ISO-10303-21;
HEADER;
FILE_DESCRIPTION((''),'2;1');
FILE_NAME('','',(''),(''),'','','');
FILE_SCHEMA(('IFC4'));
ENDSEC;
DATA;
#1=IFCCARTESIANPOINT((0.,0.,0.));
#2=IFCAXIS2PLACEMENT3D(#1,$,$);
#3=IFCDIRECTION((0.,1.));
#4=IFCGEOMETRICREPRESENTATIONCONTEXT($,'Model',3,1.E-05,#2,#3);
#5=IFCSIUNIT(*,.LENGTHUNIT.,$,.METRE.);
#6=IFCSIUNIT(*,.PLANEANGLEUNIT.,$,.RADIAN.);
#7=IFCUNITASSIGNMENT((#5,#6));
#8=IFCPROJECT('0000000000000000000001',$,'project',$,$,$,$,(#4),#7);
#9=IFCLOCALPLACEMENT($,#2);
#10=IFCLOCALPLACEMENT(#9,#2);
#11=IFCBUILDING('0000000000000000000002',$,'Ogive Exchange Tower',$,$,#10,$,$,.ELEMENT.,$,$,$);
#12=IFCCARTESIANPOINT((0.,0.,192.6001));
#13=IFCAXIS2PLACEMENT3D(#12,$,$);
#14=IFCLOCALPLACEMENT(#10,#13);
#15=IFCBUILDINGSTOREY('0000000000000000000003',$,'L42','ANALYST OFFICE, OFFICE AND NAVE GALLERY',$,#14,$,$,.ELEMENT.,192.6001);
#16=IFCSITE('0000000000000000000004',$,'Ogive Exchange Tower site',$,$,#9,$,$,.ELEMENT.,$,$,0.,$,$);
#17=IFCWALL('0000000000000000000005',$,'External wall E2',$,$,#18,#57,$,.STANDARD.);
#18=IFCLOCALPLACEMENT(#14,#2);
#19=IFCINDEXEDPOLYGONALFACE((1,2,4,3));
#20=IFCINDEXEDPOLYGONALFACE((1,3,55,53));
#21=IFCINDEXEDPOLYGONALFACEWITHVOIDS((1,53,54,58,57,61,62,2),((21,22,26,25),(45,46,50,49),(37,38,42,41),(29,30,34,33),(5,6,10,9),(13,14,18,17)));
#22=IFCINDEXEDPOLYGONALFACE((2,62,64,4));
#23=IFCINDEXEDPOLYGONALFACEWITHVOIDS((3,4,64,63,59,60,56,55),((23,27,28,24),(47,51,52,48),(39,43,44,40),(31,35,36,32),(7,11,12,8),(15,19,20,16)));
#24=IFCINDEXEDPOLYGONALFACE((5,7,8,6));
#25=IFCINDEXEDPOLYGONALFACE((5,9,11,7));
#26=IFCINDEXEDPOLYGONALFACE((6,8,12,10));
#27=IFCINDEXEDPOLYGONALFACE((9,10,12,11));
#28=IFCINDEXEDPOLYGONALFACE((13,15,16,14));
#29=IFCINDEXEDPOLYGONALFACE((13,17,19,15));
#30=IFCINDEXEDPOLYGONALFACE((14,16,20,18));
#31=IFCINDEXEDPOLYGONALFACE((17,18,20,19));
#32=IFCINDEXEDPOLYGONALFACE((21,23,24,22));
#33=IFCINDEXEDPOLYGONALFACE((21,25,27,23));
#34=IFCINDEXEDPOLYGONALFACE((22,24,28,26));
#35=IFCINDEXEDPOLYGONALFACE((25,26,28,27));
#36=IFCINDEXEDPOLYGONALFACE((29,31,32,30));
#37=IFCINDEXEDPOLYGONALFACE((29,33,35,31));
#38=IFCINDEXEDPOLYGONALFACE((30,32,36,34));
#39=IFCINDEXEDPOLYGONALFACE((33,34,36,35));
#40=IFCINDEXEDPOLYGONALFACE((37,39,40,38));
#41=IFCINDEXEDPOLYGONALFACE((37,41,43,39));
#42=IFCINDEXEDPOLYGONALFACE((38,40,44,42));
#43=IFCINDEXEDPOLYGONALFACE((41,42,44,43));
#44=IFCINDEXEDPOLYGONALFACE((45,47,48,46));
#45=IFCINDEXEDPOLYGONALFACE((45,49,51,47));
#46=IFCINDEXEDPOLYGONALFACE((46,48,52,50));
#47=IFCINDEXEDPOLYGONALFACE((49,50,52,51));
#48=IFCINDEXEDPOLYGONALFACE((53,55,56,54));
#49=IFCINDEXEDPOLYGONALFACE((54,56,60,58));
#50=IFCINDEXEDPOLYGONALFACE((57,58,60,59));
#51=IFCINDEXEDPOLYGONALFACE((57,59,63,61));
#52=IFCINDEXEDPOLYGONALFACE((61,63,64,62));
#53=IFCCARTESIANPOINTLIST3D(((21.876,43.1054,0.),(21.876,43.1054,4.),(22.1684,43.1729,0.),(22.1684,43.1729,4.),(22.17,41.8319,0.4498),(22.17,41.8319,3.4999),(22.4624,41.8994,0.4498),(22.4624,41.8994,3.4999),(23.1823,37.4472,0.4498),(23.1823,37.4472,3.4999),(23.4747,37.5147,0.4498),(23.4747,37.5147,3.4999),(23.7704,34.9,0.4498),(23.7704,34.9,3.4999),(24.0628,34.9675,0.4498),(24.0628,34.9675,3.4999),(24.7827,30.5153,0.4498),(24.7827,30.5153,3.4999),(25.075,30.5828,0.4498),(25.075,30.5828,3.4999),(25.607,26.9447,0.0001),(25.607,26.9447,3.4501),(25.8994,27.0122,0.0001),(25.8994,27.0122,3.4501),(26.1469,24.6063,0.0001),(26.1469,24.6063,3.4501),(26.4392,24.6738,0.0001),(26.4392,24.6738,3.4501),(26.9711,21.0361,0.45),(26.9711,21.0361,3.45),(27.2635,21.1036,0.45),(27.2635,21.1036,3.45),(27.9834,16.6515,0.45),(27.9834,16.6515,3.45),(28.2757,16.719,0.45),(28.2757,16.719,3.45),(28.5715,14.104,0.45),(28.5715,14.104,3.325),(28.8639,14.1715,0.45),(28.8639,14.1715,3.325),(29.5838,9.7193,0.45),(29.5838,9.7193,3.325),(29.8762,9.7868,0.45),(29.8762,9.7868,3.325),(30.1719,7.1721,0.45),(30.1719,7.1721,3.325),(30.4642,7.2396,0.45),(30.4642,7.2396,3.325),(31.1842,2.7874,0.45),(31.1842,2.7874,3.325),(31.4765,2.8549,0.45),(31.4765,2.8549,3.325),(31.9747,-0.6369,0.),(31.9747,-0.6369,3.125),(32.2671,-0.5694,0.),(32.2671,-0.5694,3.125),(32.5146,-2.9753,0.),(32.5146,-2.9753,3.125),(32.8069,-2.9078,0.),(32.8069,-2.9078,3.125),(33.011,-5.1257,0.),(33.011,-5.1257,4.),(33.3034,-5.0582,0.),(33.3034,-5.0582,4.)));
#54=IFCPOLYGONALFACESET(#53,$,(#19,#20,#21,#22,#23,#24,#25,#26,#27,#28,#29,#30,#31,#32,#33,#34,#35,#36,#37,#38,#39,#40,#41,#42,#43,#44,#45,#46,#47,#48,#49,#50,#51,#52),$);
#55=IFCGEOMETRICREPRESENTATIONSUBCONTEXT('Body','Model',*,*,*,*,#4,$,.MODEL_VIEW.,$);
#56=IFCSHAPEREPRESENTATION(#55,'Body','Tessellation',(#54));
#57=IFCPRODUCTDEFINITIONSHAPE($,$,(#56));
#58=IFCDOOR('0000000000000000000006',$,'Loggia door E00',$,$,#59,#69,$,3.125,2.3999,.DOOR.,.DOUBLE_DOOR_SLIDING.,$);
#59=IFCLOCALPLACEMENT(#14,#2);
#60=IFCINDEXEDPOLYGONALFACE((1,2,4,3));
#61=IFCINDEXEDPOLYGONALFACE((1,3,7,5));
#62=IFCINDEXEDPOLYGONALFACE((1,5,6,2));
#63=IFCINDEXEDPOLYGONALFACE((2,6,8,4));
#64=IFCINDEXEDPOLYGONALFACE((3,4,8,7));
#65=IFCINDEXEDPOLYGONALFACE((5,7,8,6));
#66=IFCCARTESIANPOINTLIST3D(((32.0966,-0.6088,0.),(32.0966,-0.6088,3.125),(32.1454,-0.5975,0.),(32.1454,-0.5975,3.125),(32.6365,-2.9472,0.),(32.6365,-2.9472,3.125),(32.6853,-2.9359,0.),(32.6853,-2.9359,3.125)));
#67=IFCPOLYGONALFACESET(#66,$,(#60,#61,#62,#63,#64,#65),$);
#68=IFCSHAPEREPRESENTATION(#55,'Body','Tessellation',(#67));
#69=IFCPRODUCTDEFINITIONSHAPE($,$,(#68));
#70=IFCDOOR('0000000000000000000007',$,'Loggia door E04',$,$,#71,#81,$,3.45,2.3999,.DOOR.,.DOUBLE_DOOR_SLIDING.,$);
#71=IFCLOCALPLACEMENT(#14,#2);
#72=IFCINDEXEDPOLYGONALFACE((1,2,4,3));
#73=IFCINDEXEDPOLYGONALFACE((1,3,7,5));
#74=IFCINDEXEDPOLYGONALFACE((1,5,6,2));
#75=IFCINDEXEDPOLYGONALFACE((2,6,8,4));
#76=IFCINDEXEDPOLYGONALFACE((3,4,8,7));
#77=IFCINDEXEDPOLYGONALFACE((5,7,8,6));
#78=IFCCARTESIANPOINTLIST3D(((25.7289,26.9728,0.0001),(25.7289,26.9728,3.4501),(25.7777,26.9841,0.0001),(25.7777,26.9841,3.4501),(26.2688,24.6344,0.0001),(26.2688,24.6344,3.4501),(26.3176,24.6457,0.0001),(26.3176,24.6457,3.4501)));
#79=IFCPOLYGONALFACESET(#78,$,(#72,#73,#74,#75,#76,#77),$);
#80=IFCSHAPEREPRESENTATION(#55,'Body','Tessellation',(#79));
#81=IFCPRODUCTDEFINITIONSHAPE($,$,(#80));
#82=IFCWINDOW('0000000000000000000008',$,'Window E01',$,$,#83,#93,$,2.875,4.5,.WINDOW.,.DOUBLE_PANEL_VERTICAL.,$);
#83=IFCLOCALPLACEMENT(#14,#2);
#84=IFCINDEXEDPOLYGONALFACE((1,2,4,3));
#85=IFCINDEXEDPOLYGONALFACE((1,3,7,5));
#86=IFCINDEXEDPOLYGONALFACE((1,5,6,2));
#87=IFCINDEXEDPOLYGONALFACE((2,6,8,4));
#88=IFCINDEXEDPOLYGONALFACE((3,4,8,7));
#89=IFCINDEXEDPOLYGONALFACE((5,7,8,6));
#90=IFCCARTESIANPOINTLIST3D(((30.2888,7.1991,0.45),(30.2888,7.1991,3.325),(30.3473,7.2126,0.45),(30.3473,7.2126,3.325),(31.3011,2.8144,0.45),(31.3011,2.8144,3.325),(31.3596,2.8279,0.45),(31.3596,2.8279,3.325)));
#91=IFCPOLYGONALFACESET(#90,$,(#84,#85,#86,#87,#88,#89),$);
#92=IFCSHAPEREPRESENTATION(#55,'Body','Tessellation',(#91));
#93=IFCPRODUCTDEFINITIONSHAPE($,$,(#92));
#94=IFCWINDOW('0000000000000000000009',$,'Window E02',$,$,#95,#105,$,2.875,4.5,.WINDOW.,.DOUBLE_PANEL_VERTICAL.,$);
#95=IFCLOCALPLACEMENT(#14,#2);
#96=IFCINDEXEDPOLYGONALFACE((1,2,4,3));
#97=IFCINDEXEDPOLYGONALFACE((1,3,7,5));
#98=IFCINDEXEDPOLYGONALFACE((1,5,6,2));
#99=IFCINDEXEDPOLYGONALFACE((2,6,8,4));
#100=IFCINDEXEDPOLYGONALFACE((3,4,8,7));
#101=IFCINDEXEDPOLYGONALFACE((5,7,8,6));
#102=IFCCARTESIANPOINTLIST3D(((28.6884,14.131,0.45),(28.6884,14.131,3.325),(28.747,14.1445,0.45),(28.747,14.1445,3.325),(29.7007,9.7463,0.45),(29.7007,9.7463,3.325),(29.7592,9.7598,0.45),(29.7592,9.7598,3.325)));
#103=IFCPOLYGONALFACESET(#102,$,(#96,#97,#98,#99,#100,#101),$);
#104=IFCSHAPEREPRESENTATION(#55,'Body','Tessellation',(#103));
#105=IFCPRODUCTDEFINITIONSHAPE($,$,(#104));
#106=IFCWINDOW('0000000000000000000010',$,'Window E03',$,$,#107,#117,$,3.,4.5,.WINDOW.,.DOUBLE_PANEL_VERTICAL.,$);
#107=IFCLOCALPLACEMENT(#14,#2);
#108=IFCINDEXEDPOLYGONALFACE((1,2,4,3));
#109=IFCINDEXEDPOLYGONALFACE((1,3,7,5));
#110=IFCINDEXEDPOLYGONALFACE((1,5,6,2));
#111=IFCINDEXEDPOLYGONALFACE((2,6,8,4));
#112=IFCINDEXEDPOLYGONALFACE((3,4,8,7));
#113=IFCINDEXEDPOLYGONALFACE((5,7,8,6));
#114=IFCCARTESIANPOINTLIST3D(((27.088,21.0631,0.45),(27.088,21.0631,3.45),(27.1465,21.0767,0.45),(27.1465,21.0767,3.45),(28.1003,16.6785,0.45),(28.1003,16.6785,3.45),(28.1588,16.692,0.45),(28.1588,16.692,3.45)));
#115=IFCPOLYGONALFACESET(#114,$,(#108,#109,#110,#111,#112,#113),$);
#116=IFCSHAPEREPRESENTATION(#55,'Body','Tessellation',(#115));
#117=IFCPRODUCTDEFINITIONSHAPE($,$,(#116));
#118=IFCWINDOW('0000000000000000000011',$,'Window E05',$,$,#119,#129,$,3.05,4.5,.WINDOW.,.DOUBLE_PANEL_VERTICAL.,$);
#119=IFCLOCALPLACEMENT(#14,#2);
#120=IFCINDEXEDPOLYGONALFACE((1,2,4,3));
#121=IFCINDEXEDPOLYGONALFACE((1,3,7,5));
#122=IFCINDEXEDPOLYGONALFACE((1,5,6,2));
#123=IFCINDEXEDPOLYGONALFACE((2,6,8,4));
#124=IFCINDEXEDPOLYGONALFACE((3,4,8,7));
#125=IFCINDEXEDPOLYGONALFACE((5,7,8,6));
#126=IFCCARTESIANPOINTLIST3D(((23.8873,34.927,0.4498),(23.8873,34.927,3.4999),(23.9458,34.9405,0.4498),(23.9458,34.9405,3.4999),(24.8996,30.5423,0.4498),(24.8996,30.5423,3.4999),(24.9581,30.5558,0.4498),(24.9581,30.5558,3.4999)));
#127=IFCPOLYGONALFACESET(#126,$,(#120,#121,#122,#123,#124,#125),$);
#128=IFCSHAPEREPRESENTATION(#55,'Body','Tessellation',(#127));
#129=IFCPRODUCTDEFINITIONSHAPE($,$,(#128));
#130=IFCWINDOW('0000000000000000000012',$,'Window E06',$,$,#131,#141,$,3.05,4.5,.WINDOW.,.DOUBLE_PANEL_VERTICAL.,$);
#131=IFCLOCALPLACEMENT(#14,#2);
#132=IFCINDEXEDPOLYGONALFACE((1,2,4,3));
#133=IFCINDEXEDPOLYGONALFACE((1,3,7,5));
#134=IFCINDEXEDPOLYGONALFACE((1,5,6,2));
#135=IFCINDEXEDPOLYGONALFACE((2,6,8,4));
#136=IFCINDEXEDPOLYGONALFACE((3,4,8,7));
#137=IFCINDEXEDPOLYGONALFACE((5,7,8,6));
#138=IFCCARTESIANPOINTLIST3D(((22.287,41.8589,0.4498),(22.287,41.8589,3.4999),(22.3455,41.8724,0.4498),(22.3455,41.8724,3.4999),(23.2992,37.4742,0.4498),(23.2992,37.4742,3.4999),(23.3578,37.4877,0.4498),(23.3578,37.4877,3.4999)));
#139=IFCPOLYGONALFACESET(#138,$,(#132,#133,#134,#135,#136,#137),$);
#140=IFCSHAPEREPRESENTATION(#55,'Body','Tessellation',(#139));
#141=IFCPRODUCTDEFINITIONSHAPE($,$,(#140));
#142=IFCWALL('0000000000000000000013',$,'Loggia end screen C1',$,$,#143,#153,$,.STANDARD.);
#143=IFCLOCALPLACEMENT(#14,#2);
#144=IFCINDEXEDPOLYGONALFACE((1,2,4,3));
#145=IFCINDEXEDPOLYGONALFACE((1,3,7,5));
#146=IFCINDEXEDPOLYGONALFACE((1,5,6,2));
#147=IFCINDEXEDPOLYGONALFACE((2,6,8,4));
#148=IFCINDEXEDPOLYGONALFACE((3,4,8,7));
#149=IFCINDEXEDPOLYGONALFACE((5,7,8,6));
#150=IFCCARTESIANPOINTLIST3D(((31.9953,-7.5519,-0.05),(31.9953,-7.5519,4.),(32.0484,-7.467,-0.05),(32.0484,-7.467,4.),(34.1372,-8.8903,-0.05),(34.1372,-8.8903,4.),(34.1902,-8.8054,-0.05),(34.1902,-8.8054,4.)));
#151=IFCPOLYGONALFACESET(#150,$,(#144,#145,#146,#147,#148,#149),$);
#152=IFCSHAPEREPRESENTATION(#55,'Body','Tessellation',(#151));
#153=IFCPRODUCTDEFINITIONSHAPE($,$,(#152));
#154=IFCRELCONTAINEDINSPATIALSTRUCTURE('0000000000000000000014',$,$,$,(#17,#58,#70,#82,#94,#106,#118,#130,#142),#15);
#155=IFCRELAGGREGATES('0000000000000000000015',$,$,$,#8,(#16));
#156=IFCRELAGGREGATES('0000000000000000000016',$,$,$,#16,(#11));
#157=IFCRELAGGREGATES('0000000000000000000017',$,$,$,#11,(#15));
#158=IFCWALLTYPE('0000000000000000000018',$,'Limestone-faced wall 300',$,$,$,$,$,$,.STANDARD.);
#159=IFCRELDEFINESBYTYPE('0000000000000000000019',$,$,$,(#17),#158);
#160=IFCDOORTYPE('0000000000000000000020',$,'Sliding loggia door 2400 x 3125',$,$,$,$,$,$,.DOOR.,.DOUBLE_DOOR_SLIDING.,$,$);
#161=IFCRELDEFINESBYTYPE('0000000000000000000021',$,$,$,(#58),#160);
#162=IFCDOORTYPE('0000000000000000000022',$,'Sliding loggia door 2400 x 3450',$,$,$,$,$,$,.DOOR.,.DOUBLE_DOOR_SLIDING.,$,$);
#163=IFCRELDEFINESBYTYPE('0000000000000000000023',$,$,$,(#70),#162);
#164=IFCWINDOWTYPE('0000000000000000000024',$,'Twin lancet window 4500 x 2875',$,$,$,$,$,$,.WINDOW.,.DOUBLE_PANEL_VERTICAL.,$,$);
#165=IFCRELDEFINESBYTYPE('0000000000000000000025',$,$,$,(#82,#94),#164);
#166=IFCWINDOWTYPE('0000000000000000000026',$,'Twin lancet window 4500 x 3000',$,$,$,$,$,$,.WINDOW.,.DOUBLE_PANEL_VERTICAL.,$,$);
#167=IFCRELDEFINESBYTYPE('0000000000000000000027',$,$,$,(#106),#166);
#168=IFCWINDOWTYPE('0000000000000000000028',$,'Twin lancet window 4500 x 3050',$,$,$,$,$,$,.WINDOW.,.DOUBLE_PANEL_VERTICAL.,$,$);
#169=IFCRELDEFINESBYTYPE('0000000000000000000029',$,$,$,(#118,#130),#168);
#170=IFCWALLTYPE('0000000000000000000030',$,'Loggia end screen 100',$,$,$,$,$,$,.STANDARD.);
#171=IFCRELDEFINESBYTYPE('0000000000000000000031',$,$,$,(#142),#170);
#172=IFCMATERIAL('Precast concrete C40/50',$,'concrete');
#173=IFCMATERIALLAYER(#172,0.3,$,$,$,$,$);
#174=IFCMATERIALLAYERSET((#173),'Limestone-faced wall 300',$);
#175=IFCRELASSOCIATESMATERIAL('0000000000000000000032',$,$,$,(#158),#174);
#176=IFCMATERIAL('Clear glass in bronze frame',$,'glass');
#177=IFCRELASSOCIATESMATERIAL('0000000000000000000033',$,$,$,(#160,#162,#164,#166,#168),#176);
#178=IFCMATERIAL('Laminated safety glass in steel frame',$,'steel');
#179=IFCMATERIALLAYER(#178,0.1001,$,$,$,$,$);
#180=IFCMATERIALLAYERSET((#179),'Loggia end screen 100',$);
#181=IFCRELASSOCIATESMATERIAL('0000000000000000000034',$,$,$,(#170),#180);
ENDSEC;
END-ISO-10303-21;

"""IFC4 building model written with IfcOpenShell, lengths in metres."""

from ifc_helpers import new_model, si_unit, direction, frame, frame_2d, origin, place, context, subcontext, project, spatial, rectangle, extrude, material, layer, layer_set, type_object, element, fill, save


model = new_model("IFC4")

# Units and contexts
model_context = context("Model", 3, precision=1e-05, world=origin(), true_north=direction((0.0, 1.0)))
body_context = subcontext(model_context, "Body", "Model", "MODEL_VIEW")
ifc_project = project(units=[si_unit("LENGTHUNIT", "METRE"), si_unit("PLANEANGLEUNIT", "RADIAN")], contexts=[model_context])

# Site, building, storey
site_placement = place(None, origin())
site = spatial("IfcSite", under=ifc_project, at=site_placement, Name="Ogive Exchange Tower site", CompositionType="ELEMENT", RefElevation=0.0)
building_placement = place(site_placement, origin())
building = spatial("IfcBuilding", under=site, at=building_placement, Name="Ogive Exchange Tower", CompositionType="ELEMENT")
storey_placement = place(building_placement, frame((0.0, 0.0, 192.6001)))
storey = spatial("IfcBuildingStorey", under=building, at=storey_placement, Name="L42", Description="ANALYST OFFICE, OFFICE AND NAVE GALLERY", CompositionType="ELEMENT", Elevation=192.6001)

# Wall, openings, doors, windows
ifc_material_1 = material(Name="Precast concrete C40/50", Category="concrete")
ifc_layer_1 = layer(ifc_material_1, 0.3)
ifc_layer_set_1 = layer_set([ifc_layer_1], Name="Limestone-faced wall 300")
wall_type_1 = type_object("IfcWallType", Name="Limestone-faced wall 300", PredefinedType="STANDARD", material=ifc_layer_set_1)
wall_1_placement = place(storey_placement, frame((33.1572, -5.092, 0.0), z_axis=(0.0, 0.0, 1.0), x_axis=(-0.22495, 0.97437, 0.0)))
wall_1 = element("IfcWall", 1, at=wall_1_placement, inside=storey, type_object=wall_type_1, Name="External wall E2", PredefinedType="STANDARD", context=body_context, shape_type="SweptSolid", body=[
    extrude(rectangle(XDim=49.4998, YDim=0.3, at=frame_2d((24.75, 0.0))), origin(), (0.0, 0.0, 1.0), 4.0),
])
opening_1_placement = place(wall_1_placement, frame((2.207, 0.0, 0.0)))
opening_1 = element("IfcOpeningElement", 2, at=opening_1_placement, cuts=wall_1, PredefinedType="OPENING", context=body_context, shape_type="SweptSolid", body=[
    extrude(rectangle(XDim=2.3999, YDim=3.125, at=frame_2d((1.2, 1.5625))), frame((0.0, 0.1599, 0.0), z_axis=(0.0, -1.0, 0.0), x_axis=(1.0, 0.0, 0.0)), (0.0, 0.0, 1.0), 0.3201),
])
opening_2_placement = place(wall_1_placement, frame((8.1213, 0.0, 0.45)))
opening_2 = element("IfcOpeningElement", 3, at=opening_2_placement, cuts=wall_1, PredefinedType="OPENING", context=body_context, shape_type="SweptSolid", body=[
    extrude(rectangle(XDim=4.5, YDim=2.875, at=frame_2d((2.25, 1.4375))), frame((0.0, 0.1599, 0.0), z_axis=(0.0, -1.0, 0.0), x_axis=(1.0, 0.0, 0.0)), (0.0, 0.0, 1.0), 0.3201),
])
opening_3_placement = place(wall_1_placement, frame((15.2356, 0.0, 0.45)))
opening_3 = element("IfcOpeningElement", 4, at=opening_3_placement, cuts=wall_1, PredefinedType="OPENING", context=body_context, shape_type="SweptSolid", body=[
    extrude(rectangle(XDim=4.5, YDim=2.875, at=frame_2d((2.25, 1.4375))), frame((0.0, 0.1599, 0.0), z_axis=(0.0, -1.0, 0.0), x_axis=(1.0, 0.0, 0.0)), (0.0, 0.0, 1.0), 0.3201),
])
opening_4_placement = place(wall_1_placement, frame((22.3501, 0.0, 0.45)))
opening_4 = element("IfcOpeningElement", 5, at=opening_4_placement, cuts=wall_1, PredefinedType="OPENING", context=body_context, shape_type="SweptSolid", body=[
    extrude(rectangle(XDim=4.5, YDim=3.0, at=frame_2d((2.25, 1.5))), frame((0.0, 0.1599, 0.0), z_axis=(0.0, -1.0, 0.0), x_axis=(1.0, 0.0, 0.0)), (0.0, 0.0, 1.0), 0.3201),
])
opening_5_placement = place(wall_1_placement, frame((30.5142, 0.0, 0.0)))
opening_5 = element("IfcOpeningElement", 6, at=opening_5_placement, cuts=wall_1, PredefinedType="OPENING", context=body_context, shape_type="SweptSolid", body=[
    extrude(rectangle(XDim=2.3999, YDim=3.45, at=frame_2d((1.2, 1.7251))), frame((0.0, 0.1599, 0.0), z_axis=(0.0, -1.0, 0.0), x_axis=(1.0, 0.0, 0.0)), (0.0, 0.0, 1.0), 0.3201),
])
opening_6_placement = place(wall_1_placement, frame((36.5786, 0.0, 0.45)))
opening_6 = element("IfcOpeningElement", 7, at=opening_6_placement, cuts=wall_1, PredefinedType="OPENING", context=body_context, shape_type="SweptSolid", body=[
    extrude(rectangle(XDim=4.5, YDim=3.05, at=frame_2d((2.25, 1.5249))), frame((0.0, 0.1599, 0.0), z_axis=(0.0, -1.0, 0.0), x_axis=(1.0, 0.0, 0.0)), (0.0, 0.0, 1.0), 0.3201),
])
opening_7_placement = place(wall_1_placement, frame((43.6929, 0.0, 0.45)))
opening_7 = element("IfcOpeningElement", 8, at=opening_7_placement, cuts=wall_1, PredefinedType="OPENING", context=body_context, shape_type="SweptSolid", body=[
    extrude(rectangle(XDim=4.5, YDim=3.05, at=frame_2d((2.25, 1.5249))), frame((0.0, 0.1599, 0.0), z_axis=(0.0, -1.0, 0.0), x_axis=(1.0, 0.0, 0.0)), (0.0, 0.0, 1.0), 0.3201),
])
ifc_material_2 = material(Name="Clear glass in bronze frame", Category="glass")
door_type_1 = type_object("IfcDoorType", Name="Sliding loggia door 2400 x 3125", OperationType="DOUBLE_DOOR_SLIDING", PredefinedType="DOOR", material=ifc_material_2)
door_1_placement = place(opening_1_placement, origin())
door_1 = element("IfcDoor", 9, at=door_1_placement, inside=storey, type_object=door_type_1, Name="Loggia door E00", OperationType="DOUBLE_DOOR_SLIDING", OverallHeight=3.125, OverallWidth=2.3999, PredefinedType="DOOR", context=body_context, shape_type="SweptSolid", body=[
    extrude(rectangle(XDim=2.3999, YDim=3.125, at=frame_2d((1.2, 1.5625))), frame((0.0, 0.0249, 0.0), z_axis=(0.0, -1.0, 0.0), x_axis=(1.0, 0.0, 0.0)), (0.0, 0.0, 1.0), 0.05),
])
fill(opening_1, door_1)
door_type_2 = type_object("IfcDoorType", Name="Sliding loggia door 2400 x 3450", OperationType="DOUBLE_DOOR_SLIDING", PredefinedType="DOOR", material=ifc_material_2)
door_2_placement = place(opening_5_placement, origin())
door_2 = element("IfcDoor", 10, at=door_2_placement, inside=storey, type_object=door_type_2, Name="Loggia door E04", OperationType="DOUBLE_DOOR_SLIDING", OverallHeight=3.45, OverallWidth=2.3999, PredefinedType="DOOR", context=body_context, shape_type="SweptSolid", body=[
    extrude(rectangle(XDim=2.3999, YDim=3.45, at=frame_2d((1.2, 1.7251))), frame((0.0, 0.0249, 0.0), z_axis=(0.0, -1.0, 0.0), x_axis=(1.0, 0.0, 0.0)), (0.0, 0.0, 1.0), 0.05),
])
fill(opening_5, door_2)
window_type_1 = type_object("IfcWindowType", Name="Twin lancet window 4500 x 2875", PartitioningType="DOUBLE_PANEL_VERTICAL", PredefinedType="WINDOW", material=ifc_material_2)
window_1_placement = place(opening_2_placement, origin())
window_1 = element("IfcWindow", 11, at=window_1_placement, inside=storey, type_object=window_type_1, Name="Window E01", OverallHeight=2.875, OverallWidth=4.5, PartitioningType="DOUBLE_PANEL_VERTICAL", PredefinedType="WINDOW", context=body_context, shape_type="SweptSolid", body=[
    extrude(rectangle(XDim=4.5, YDim=2.875, at=frame_2d((2.25, 1.4375))), frame((0.0, 0.03, 0.0), z_axis=(0.0, -1.0, 0.0), x_axis=(1.0, 0.0, 0.0)), (0.0, 0.0, 1.0), 0.0601),
])
fill(opening_2, window_1)
window_2_placement = place(opening_3_placement, origin())
window_2 = element("IfcWindow", 12, at=window_2_placement, inside=storey, type_object=window_type_1, Name="Window E02", OverallHeight=2.875, OverallWidth=4.5, PartitioningType="DOUBLE_PANEL_VERTICAL", PredefinedType="WINDOW", context=body_context, shape_type="SweptSolid", body=[
    extrude(rectangle(XDim=4.5, YDim=2.875, at=frame_2d((2.25, 1.4375))), frame((0.0, 0.03, 0.0), z_axis=(0.0, -1.0, 0.0), x_axis=(1.0, 0.0, 0.0)), (0.0, 0.0, 1.0), 0.0601),
])
fill(opening_3, window_2)
window_type_2 = type_object("IfcWindowType", Name="Twin lancet window 4500 x 3000", PartitioningType="DOUBLE_PANEL_VERTICAL", PredefinedType="WINDOW", material=ifc_material_2)
window_3_placement = place(opening_4_placement, origin())
window_3 = element("IfcWindow", 13, at=window_3_placement, inside=storey, type_object=window_type_2, Name="Window E03", OverallHeight=3.0, OverallWidth=4.5, PartitioningType="DOUBLE_PANEL_VERTICAL", PredefinedType="WINDOW", context=body_context, shape_type="SweptSolid", body=[
    extrude(rectangle(XDim=4.5, YDim=3.0, at=frame_2d((2.25, 1.5))), frame((0.0, 0.03, 0.0), z_axis=(0.0, -1.0, 0.0), x_axis=(1.0, 0.0, 0.0)), (0.0, 0.0, 1.0), 0.0601),
])
fill(opening_4, window_3)
window_type_3 = type_object("IfcWindowType", Name="Twin lancet window 4500 x 3050", PartitioningType="DOUBLE_PANEL_VERTICAL", PredefinedType="WINDOW", material=ifc_material_2)
window_4_placement = place(opening_6_placement, origin())
window_4 = element("IfcWindow", 14, at=window_4_placement, inside=storey, type_object=window_type_3, Name="Window E05", OverallHeight=3.05, OverallWidth=4.5, PartitioningType="DOUBLE_PANEL_VERTICAL", PredefinedType="WINDOW", context=body_context, shape_type="SweptSolid", body=[
    extrude(rectangle(XDim=4.5, YDim=3.05, at=frame_2d((2.25, 1.5249))), frame((0.0, 0.03, 0.0), z_axis=(0.0, -1.0, 0.0), x_axis=(1.0, 0.0, 0.0)), (0.0, 0.0, 1.0), 0.0601),
])
fill(opening_6, window_4)
window_5_placement = place(opening_7_placement, origin())
window_5 = element("IfcWindow", 15, at=window_5_placement, inside=storey, type_object=window_type_3, Name="Window E06", OverallHeight=3.05, OverallWidth=4.5, PartitioningType="DOUBLE_PANEL_VERTICAL", PredefinedType="WINDOW", context=body_context, shape_type="SweptSolid", body=[
    extrude(rectangle(XDim=4.5, YDim=3.05, at=frame_2d((2.25, 1.5249))), frame((0.0, 0.03, 0.0), z_axis=(0.0, -1.0, 0.0), x_axis=(1.0, 0.0, 0.0)), (0.0, 0.0, 1.0), 0.0601),
])
fill(opening_7, window_5)

# Wall
ifc_material_3 = material(Name="Laminated safety glass in steel frame", Category="steel")
ifc_layer_2 = layer(ifc_material_3, 0.1001)
ifc_layer_set_2 = layer_set([ifc_layer_2], Name="Loggia end screen 100")
wall_type_2 = type_object("IfcWallType", Name="Loggia end screen 100", PredefinedType="STANDARD", material=ifc_layer_set_2)
wall_2_placement = place(storey_placement, frame((32.022, -7.5095, -0.05), z_axis=(0.0, 0.0, 1.0), x_axis=(0.848047, -0.529921, 0.0)))
element("IfcWall", 16, at=wall_2_placement, inside=storey, type_object=wall_type_2, Name="Loggia end screen C1", PredefinedType="STANDARD", context=body_context, shape_type="SweptSolid", body=[
    extrude(rectangle(XDim=2.5256, YDim=0.1001, at=frame_2d((1.2627, 0.0))), origin(), (0.0, 0.0, 1.0), 4.05),
])

save(model, "model.ifc")
